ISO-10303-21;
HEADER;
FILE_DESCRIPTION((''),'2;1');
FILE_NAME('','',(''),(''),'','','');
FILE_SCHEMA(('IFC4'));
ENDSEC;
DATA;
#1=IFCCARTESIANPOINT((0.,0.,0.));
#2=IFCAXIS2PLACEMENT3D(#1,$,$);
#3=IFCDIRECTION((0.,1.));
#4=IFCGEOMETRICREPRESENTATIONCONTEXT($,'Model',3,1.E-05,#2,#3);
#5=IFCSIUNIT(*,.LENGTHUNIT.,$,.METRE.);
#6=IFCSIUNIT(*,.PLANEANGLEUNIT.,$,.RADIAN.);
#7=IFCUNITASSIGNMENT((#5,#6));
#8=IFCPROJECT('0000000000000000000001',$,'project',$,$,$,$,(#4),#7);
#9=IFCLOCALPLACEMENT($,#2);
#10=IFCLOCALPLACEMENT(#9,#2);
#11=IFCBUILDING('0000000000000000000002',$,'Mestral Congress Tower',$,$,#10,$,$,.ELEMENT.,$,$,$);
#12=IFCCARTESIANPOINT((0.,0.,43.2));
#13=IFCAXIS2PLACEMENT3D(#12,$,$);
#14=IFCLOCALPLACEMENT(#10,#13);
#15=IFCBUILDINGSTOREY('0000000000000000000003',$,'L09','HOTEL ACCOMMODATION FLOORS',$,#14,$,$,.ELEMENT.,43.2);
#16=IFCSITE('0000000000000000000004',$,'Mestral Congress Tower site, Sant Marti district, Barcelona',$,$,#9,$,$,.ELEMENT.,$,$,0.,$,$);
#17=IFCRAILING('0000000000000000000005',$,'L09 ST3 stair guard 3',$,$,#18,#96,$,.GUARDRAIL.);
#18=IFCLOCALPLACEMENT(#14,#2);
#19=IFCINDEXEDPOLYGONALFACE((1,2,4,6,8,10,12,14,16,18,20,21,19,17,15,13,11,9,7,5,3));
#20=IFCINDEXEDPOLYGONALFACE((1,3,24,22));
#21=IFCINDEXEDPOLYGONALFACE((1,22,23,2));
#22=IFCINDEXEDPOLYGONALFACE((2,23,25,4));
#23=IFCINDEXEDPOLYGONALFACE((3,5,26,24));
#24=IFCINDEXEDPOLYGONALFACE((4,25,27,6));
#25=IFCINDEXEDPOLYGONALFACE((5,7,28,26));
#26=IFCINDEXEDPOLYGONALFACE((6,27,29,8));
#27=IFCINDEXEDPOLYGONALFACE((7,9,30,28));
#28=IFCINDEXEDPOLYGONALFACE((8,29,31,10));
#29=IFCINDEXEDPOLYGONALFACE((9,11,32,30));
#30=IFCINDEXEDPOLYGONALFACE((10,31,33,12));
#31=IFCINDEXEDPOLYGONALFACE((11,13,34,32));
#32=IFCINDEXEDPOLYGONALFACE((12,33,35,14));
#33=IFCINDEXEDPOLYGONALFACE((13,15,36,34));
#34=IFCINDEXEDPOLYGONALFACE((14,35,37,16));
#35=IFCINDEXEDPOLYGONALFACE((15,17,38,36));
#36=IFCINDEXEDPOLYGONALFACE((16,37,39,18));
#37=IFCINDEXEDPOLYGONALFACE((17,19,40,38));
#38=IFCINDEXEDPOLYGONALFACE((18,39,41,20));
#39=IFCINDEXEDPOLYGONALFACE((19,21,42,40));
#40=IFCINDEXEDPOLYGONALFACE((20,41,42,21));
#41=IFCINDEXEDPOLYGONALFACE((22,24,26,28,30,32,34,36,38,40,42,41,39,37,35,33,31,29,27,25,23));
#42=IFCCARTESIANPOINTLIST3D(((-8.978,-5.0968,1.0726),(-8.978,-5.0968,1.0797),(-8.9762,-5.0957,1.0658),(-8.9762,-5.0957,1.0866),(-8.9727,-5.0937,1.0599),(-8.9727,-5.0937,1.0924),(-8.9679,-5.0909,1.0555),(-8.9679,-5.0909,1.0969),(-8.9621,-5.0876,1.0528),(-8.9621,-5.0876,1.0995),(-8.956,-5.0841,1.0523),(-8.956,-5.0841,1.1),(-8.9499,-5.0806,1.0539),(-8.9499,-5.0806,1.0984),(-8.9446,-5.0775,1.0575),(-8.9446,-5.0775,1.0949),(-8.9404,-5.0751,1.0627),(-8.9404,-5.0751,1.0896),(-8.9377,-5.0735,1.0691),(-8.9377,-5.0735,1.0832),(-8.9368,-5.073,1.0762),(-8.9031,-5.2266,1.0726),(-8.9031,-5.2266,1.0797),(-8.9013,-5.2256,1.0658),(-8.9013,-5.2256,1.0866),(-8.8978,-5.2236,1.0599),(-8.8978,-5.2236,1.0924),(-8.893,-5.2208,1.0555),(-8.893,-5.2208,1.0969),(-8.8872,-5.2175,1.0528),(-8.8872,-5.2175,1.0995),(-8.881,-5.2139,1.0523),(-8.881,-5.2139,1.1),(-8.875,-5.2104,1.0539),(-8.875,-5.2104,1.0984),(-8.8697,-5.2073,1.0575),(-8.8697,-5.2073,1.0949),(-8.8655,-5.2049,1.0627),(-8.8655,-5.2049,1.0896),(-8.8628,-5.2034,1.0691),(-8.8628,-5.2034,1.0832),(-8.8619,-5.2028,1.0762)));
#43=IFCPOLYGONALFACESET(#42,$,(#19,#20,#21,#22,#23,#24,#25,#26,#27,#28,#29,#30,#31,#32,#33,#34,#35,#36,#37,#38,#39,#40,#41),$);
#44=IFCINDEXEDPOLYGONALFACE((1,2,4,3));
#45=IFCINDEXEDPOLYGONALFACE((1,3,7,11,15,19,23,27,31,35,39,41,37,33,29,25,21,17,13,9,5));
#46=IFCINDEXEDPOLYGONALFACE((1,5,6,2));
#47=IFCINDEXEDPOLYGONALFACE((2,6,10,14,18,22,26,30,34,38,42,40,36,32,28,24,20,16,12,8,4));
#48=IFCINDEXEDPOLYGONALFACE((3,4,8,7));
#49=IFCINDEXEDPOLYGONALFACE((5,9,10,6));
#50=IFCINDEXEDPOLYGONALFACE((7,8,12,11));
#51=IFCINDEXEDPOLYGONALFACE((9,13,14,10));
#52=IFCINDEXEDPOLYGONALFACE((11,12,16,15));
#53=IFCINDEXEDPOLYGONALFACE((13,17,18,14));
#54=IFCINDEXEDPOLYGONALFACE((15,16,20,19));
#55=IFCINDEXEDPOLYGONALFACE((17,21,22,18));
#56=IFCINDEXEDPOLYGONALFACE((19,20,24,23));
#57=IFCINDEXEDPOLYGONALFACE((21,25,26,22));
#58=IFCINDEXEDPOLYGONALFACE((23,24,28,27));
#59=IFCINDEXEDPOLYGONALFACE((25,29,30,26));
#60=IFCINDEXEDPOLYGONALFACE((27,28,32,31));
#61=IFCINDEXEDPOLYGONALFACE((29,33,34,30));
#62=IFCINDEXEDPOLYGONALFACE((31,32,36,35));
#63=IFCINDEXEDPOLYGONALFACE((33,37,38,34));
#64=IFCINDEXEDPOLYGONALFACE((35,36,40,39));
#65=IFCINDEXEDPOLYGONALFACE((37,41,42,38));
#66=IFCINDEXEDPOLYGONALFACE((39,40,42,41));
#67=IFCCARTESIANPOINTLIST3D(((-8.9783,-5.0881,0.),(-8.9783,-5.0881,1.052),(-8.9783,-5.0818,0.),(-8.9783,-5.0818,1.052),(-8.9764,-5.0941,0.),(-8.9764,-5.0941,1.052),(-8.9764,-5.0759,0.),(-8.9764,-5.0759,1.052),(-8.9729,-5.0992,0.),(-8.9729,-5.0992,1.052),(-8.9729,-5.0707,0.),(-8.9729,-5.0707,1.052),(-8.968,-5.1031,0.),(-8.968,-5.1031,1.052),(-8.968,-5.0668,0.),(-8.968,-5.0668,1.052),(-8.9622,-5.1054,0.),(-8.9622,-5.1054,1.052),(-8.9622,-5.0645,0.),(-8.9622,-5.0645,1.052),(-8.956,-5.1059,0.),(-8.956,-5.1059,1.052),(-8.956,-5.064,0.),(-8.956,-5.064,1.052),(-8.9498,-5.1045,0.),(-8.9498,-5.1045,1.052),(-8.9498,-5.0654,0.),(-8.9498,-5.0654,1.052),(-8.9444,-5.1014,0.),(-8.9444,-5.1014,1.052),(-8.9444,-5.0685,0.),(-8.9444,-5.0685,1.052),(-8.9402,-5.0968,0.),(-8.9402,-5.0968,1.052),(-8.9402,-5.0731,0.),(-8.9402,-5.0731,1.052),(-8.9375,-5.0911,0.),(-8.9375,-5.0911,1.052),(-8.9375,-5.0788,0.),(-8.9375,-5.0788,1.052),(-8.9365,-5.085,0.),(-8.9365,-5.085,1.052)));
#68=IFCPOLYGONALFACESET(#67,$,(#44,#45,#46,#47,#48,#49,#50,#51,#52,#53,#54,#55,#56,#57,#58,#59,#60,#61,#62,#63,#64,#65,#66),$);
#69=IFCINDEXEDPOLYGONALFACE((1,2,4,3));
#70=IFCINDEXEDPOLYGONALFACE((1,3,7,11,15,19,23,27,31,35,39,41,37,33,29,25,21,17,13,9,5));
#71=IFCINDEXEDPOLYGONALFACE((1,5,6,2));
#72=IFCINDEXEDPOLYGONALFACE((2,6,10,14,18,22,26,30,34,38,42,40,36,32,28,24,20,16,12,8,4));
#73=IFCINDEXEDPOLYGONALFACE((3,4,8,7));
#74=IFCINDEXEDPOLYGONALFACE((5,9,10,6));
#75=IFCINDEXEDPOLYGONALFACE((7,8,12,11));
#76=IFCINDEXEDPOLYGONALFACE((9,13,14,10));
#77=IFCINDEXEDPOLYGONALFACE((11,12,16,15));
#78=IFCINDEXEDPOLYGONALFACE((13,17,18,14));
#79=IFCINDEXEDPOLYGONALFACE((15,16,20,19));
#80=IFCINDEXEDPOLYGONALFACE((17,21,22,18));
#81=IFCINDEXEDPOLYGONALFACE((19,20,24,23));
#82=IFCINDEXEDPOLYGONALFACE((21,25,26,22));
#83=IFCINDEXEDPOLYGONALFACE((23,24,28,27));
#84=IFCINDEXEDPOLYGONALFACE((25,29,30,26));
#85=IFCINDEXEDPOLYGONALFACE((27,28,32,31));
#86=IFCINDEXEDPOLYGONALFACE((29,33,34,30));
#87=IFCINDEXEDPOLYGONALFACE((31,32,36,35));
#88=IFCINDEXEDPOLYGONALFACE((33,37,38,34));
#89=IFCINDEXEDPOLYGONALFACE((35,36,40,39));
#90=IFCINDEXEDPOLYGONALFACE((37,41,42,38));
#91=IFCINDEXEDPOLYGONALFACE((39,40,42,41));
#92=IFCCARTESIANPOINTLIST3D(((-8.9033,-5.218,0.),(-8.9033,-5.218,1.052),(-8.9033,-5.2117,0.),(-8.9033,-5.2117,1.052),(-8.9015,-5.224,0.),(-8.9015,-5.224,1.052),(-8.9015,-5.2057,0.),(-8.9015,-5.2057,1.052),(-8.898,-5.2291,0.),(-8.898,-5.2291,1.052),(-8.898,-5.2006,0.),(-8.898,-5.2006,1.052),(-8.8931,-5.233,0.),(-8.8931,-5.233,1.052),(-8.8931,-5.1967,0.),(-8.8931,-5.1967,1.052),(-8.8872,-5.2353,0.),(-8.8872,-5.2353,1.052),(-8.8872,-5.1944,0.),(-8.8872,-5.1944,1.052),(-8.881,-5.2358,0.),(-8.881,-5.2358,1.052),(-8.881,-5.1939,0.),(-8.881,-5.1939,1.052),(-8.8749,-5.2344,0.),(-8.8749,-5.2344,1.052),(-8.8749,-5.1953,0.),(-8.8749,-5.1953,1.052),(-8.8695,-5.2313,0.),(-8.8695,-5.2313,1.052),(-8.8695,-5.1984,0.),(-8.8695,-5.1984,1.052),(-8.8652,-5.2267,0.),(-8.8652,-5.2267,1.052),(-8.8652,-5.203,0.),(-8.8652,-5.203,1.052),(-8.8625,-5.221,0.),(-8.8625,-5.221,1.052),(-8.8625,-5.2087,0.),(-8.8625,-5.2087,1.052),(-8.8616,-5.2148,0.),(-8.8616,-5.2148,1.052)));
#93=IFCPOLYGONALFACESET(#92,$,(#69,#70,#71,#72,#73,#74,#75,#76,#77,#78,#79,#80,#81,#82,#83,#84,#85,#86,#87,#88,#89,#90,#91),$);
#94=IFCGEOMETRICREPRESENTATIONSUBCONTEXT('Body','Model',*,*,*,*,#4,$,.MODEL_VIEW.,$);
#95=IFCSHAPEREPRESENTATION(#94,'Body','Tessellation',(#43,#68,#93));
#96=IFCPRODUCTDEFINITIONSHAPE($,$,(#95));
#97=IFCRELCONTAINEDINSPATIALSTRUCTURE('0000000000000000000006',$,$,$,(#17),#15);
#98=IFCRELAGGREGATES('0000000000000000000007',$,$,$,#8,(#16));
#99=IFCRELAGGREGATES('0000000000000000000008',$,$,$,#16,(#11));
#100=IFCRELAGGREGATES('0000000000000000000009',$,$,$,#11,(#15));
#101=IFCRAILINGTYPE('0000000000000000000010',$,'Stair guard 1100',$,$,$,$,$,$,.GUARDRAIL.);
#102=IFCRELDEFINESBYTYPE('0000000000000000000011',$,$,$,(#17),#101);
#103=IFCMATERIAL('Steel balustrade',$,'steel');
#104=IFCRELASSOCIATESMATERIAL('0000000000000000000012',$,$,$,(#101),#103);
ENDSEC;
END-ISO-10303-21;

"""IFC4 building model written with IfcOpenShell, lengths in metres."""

from ifc_helpers import new_model, si_unit, direction, frame, origin, origin_2d, place, context, subcontext, project, spatial, circle, extrude, material, type_object, element, save


model = new_model("IFC4")

# Units and contexts
model_context = context("Model", 3, precision=1e-05, world=origin(), true_north=direction((0.0, 1.0)))
body_context = subcontext(model_context, "Body", "Model", "MODEL_VIEW")
ifc_project = project(units=[si_unit("LENGTHUNIT", "METRE"), si_unit("PLANEANGLEUNIT", "RADIAN")], contexts=[model_context])

# Site, building, storey
site_placement = place(None, origin())
site = spatial("IfcSite", under=ifc_project, at=site_placement, Name="Mestral Congress Tower site, Sant Marti district, Barcelona", CompositionType="ELEMENT", RefElevation=0.0)
building_placement = place(site_placement, origin())
building = spatial("IfcBuilding", under=site, at=building_placement, Name="Mestral Congress Tower", CompositionType="ELEMENT")
storey_placement = place(building_placement, frame((0.0, 0.0, 43.2)))
storey = spatial("IfcBuildingStorey", under=building, at=storey_placement, Name="L09", Description="HOTEL ACCOMMODATION FLOORS", CompositionType="ELEMENT", Elevation=43.2)

# Railing
ifc_material_1 = material(Name="Steel balustrade", Category="steel")
railing_type_1 = type_object("IfcRailingType", Name="Stair guard 1100", PredefinedType="GUARDRAIL", material=ifc_material_1)
railing_1_placement = place(storey_placement, frame((-8.9575, -5.085, 0.0)))
element("IfcRailing", 1, at=railing_1_placement, inside=storey, type_object=railing_type_1, Name="L09 ST3 stair guard 3", PredefinedType="GUARDRAIL", context=body_context, shape_type="SweptSolid", body=[
    extrude(circle(Radius=0.0239, at=origin_2d()), frame((0.0, 0.0, 1.0762), z_axis=(0.499816, -0.866131, 0.0), x_axis=(0.866131, 0.499816, 0.0)), (0.0, 0.0, 1.0), 0.1499),
    extrude(circle(Radius=0.021, at=origin_2d()), origin(), (0.0, 0.0, 1.0), 1.052),
    extrude(circle(Radius=0.021, at=origin_2d()), frame((0.075, -0.1299, 0.0)), (0.0, 0.0, 1.0), 1.052),
])

save(model, "model.ifc")
